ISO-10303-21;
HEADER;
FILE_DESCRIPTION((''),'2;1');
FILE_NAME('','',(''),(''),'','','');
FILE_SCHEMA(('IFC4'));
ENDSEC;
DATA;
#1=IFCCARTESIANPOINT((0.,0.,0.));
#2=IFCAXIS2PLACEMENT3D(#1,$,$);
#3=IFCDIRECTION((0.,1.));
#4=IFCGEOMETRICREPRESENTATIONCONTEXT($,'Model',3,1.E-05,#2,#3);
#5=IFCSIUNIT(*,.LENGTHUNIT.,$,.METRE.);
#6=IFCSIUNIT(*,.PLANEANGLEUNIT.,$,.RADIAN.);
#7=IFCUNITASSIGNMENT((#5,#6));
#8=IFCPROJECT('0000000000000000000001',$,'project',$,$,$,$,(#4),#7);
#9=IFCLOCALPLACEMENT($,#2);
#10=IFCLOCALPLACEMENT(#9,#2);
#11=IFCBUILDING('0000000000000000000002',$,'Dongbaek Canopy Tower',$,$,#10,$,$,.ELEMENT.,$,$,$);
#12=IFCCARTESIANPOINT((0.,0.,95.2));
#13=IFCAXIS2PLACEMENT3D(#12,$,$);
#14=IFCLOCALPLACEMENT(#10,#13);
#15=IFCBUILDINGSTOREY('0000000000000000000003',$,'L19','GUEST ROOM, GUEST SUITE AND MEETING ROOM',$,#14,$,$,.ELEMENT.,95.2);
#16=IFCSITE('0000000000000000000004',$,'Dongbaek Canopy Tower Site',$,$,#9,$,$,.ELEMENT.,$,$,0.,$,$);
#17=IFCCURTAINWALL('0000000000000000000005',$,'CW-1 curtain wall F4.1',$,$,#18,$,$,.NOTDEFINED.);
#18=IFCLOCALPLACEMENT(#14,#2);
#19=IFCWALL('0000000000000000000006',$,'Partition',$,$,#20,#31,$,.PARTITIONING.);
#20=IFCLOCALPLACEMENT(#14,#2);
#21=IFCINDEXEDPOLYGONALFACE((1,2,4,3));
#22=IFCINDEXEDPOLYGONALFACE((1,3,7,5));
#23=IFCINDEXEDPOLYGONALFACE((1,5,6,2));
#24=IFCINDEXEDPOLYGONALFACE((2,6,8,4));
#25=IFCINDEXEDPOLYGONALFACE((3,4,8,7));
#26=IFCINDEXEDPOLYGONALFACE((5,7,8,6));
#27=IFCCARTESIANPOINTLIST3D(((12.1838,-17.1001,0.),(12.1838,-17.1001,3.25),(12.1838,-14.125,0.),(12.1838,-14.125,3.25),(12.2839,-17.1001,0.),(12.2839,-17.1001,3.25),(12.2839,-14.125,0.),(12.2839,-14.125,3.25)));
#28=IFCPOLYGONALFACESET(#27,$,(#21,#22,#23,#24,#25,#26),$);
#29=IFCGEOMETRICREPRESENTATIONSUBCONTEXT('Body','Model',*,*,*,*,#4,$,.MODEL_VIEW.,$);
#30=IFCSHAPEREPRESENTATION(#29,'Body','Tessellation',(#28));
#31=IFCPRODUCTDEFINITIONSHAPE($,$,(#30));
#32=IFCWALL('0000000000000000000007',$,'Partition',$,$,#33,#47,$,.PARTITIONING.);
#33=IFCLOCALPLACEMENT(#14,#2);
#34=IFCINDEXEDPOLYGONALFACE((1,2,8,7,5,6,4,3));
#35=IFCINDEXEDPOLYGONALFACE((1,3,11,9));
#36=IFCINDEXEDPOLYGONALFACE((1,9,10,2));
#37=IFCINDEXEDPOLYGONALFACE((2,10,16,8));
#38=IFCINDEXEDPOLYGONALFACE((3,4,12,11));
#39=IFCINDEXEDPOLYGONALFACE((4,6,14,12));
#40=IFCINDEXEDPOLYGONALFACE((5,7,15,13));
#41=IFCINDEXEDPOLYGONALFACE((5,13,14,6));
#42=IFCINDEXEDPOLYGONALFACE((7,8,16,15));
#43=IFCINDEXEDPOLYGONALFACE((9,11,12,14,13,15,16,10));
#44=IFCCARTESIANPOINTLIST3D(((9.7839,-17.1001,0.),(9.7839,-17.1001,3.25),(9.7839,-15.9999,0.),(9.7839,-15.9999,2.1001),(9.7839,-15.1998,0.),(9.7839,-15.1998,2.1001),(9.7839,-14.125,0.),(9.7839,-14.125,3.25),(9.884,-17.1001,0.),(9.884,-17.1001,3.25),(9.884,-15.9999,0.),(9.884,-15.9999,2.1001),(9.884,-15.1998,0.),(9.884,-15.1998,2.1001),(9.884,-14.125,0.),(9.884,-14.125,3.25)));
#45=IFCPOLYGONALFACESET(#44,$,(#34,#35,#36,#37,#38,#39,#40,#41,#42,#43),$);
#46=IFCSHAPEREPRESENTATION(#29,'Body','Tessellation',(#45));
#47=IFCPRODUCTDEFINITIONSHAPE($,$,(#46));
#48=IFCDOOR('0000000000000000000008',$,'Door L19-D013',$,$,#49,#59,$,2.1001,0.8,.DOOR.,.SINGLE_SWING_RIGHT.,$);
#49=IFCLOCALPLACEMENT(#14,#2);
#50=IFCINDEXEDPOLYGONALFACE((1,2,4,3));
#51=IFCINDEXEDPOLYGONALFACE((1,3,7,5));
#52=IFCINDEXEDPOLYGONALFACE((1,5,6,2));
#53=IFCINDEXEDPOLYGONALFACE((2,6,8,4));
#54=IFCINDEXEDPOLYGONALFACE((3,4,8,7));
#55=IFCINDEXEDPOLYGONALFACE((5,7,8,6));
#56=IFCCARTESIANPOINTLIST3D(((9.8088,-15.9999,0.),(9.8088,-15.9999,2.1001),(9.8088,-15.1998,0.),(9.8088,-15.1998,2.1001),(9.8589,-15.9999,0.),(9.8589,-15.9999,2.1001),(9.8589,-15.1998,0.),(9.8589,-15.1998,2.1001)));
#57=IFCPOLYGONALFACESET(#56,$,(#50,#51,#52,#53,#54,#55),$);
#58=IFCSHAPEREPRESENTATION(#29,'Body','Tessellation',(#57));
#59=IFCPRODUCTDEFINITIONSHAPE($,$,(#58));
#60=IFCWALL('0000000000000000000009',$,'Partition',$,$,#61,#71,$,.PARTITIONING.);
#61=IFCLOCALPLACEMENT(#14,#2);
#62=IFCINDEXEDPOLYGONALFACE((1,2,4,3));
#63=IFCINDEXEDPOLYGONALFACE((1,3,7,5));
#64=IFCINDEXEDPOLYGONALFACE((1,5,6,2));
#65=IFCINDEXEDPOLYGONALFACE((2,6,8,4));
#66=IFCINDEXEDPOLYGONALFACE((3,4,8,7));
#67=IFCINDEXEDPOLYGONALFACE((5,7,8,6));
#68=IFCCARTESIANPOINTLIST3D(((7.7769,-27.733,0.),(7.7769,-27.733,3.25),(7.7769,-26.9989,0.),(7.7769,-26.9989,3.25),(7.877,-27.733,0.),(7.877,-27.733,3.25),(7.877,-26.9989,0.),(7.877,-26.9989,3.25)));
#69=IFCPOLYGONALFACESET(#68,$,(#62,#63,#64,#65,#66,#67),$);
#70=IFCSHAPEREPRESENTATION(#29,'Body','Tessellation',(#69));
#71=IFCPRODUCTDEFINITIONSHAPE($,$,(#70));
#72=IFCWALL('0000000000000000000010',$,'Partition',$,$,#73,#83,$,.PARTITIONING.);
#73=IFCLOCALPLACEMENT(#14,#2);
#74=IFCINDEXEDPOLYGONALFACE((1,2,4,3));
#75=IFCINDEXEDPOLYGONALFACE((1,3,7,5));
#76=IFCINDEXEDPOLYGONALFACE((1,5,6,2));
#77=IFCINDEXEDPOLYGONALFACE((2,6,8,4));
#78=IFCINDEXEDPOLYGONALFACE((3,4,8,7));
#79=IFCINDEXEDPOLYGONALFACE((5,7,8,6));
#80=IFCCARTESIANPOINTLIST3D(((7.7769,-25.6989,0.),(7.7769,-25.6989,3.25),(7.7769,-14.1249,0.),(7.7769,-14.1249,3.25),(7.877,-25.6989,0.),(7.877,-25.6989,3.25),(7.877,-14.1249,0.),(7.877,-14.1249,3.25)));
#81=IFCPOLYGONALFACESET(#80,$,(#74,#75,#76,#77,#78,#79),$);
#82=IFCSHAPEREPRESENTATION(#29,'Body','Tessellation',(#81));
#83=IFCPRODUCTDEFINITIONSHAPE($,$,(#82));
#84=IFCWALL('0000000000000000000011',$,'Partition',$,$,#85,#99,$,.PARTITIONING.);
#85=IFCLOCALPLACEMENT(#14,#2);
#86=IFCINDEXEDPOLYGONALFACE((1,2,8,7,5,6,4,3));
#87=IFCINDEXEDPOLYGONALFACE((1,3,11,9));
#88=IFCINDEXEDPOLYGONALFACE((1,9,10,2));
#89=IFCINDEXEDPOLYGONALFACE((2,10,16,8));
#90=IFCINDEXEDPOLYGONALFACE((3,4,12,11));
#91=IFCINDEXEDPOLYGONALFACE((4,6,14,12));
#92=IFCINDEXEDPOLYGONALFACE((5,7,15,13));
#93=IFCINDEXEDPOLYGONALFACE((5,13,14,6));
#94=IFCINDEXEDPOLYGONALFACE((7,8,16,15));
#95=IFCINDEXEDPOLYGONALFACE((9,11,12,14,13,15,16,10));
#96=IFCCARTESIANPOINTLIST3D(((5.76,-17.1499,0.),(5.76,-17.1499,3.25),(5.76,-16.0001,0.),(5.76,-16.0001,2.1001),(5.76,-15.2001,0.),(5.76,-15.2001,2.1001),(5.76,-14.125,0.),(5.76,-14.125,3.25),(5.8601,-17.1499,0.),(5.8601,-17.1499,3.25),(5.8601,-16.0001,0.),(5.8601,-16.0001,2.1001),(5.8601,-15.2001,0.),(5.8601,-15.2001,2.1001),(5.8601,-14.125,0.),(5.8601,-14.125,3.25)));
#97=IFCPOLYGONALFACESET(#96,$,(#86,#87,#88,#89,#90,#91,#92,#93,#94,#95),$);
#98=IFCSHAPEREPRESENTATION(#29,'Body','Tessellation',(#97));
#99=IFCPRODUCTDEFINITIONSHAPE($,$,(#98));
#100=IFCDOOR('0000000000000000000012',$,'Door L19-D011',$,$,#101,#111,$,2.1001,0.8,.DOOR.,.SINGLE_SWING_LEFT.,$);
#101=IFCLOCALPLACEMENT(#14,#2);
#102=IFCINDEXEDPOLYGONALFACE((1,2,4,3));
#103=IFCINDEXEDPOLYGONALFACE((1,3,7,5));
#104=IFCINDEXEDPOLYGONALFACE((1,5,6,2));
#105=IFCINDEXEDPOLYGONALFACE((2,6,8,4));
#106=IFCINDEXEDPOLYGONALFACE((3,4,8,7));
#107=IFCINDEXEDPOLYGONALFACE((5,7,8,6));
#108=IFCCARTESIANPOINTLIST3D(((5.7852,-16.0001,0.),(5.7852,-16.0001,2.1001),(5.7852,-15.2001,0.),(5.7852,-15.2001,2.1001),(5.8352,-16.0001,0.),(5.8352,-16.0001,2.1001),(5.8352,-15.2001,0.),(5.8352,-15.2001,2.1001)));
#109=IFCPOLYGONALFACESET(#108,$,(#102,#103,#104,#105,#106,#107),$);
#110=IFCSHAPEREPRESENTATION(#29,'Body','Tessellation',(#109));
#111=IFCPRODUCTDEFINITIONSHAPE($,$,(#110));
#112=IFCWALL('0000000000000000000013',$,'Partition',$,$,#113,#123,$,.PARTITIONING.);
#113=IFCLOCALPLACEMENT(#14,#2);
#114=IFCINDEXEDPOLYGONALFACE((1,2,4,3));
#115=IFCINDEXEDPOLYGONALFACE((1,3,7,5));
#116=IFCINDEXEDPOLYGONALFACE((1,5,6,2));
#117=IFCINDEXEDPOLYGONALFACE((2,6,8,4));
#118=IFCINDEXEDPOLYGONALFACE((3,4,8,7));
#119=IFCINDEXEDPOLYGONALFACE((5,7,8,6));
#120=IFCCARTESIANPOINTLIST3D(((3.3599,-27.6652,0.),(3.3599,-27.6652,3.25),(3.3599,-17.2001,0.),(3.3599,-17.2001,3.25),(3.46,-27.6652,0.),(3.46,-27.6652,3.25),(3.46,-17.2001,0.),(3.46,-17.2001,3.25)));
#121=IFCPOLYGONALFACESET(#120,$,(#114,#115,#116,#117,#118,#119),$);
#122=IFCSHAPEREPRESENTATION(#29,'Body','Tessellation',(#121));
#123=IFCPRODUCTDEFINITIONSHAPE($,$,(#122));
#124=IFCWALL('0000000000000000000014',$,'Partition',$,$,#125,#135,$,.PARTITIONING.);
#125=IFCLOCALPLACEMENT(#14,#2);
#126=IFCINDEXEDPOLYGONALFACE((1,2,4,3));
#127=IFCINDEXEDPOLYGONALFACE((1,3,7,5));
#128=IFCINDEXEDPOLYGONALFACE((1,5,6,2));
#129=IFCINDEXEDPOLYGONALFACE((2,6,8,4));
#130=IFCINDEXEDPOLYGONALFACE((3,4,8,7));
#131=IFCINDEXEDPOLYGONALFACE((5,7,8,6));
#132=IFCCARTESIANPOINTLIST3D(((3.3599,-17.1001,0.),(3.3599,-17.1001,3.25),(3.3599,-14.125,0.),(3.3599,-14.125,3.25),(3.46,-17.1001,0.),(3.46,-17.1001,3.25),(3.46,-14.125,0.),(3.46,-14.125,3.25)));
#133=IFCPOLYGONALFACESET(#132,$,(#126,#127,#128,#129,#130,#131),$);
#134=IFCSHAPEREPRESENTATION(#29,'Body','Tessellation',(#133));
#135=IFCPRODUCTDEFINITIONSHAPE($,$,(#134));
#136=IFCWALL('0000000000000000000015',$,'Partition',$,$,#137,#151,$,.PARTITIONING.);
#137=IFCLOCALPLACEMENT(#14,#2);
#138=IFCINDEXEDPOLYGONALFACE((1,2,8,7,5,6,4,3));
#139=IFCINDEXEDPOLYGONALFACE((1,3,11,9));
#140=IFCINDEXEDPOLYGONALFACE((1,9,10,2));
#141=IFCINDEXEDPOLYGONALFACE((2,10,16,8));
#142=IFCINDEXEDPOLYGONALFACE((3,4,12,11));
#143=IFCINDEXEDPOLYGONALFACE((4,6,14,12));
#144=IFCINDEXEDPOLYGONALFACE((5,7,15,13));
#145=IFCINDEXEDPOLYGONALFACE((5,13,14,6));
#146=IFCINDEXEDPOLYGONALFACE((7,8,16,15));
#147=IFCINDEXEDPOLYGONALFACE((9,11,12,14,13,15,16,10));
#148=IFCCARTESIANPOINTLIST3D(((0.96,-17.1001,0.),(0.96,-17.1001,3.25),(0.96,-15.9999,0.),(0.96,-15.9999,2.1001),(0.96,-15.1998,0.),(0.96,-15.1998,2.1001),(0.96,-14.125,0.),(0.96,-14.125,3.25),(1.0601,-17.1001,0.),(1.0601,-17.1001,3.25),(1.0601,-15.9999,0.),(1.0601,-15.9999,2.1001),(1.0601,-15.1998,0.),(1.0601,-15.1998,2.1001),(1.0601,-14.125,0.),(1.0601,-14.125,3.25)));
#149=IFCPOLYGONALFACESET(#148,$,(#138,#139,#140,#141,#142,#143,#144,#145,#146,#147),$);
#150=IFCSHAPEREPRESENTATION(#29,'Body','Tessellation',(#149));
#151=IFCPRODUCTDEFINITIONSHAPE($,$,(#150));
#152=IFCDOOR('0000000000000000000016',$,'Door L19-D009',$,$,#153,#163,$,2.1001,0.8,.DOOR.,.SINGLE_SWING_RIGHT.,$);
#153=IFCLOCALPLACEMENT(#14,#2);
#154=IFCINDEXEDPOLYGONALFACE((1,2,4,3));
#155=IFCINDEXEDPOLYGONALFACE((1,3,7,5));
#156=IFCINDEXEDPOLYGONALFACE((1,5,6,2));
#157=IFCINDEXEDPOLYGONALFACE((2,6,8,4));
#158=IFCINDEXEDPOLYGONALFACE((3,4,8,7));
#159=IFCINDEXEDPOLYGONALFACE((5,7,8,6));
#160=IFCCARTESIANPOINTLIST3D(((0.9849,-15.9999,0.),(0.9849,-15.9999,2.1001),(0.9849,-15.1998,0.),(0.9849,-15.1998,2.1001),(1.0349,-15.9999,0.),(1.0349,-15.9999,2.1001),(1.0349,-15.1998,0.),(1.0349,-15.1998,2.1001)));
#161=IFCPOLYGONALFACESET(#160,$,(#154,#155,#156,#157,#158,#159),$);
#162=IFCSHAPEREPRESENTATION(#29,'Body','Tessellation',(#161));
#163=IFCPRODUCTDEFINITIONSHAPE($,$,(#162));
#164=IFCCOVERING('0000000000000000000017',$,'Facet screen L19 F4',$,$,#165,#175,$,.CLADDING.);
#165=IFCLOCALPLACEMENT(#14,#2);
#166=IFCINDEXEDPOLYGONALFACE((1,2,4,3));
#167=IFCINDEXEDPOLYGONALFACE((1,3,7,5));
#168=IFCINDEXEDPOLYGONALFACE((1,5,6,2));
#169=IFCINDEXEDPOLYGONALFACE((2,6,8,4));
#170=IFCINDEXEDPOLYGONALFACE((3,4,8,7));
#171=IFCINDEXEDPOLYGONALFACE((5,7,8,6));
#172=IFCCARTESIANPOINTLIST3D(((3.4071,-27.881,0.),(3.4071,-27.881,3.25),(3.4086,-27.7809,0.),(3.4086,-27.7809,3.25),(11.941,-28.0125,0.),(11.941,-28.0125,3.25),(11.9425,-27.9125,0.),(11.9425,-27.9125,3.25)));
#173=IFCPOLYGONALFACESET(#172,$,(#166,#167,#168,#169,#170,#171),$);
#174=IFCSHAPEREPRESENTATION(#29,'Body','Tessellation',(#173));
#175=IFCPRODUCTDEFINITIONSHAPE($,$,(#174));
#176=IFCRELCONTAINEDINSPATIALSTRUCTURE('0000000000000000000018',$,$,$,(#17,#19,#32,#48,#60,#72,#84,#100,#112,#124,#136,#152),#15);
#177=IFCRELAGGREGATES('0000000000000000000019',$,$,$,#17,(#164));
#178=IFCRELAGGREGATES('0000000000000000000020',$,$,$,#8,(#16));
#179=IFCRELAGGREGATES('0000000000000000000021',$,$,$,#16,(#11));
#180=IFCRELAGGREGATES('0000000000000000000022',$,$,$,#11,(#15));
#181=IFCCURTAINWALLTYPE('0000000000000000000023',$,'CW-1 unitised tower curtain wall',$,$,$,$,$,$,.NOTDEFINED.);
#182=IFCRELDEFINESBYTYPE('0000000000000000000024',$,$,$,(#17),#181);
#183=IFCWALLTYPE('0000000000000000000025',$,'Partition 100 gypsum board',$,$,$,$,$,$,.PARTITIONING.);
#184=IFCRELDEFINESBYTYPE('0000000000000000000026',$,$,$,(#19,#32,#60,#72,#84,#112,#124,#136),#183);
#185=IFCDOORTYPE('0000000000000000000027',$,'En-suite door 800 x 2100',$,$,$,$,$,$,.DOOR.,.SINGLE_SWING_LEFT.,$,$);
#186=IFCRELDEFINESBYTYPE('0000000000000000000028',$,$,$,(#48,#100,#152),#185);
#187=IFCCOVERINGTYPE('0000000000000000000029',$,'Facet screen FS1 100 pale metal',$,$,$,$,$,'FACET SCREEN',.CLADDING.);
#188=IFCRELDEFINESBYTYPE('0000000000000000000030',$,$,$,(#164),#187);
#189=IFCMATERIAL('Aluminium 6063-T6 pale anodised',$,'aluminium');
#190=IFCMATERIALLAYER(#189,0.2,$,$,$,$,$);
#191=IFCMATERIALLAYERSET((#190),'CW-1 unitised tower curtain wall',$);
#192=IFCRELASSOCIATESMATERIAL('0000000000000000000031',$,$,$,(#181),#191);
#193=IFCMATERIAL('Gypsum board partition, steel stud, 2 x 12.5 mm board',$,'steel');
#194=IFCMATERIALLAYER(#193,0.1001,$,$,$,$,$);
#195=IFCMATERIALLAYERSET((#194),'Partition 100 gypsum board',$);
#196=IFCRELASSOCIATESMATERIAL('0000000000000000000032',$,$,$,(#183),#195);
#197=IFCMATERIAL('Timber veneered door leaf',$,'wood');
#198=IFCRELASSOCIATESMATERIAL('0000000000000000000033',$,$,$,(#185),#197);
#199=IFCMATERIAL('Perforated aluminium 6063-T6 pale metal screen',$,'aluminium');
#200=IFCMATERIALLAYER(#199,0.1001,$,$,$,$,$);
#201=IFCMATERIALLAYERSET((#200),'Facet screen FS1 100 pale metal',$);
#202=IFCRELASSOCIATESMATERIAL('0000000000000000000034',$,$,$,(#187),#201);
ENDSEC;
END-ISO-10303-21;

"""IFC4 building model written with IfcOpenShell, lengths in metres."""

from ifc_helpers import new_model, si_unit, direction, frame, frame_2d, origin, origin_2d, place, context, subcontext, project, spatial, rectangle, extrude, material, layer, layer_set, type_object, element, fill, aggregate, save


model = new_model("IFC4")

# Units and contexts
model_context = context("Model", 3, precision=1e-05, world=origin(), true_north=direction((0.0, 1.0)))
body_context = subcontext(model_context, "Body", "Model", "MODEL_VIEW")
ifc_project = project(units=[si_unit("LENGTHUNIT", "METRE"), si_unit("PLANEANGLEUNIT", "RADIAN")], contexts=[model_context])

# Site, building, storey
site_placement = place(None, origin())
site = spatial("IfcSite", under=ifc_project, at=site_placement, Name="Dongbaek Canopy Tower Site", CompositionType="ELEMENT", RefElevation=0.0)
building_placement = place(site_placement, origin())
building = spatial("IfcBuilding", under=site, at=building_placement, Name="Dongbaek Canopy Tower", CompositionType="ELEMENT")
storey_placement = place(building_placement, frame((0.0, 0.0, 95.2)))
storey = spatial("IfcBuildingStorey", under=building, at=storey_placement, Name="L19", Description="GUEST ROOM, GUEST SUITE AND MEETING ROOM", CompositionType="ELEMENT", Elevation=95.2)

# Curtain wall
ifc_material_1 = material(Name="Aluminium 6063-T6 pale anodised", Category="aluminium")
ifc_layer_1 = layer(ifc_material_1, 0.2)
ifc_layer_set_1 = layer_set([ifc_layer_1], Name="CW-1 unitised tower curtain wall")
curtain_wall_type = type_object("IfcCurtainWallType", Name="CW-1 unitised tower curtain wall", PredefinedType="NOTDEFINED", material=ifc_layer_set_1)
curtain_wall_placement = place(storey_placement, origin())
curtain_wall = element("IfcCurtainWall", 1, at=curtain_wall_placement, inside=storey, type_object=curtain_wall_type, Name="CW-1 curtain wall F4.1", PredefinedType="NOTDEFINED")

# Wall
ifc_material_2 = material(Name="Gypsum board partition, steel stud, 2 x 12.5 mm board", Category="steel")
ifc_layer_2 = layer(ifc_material_2, 0.1001)
ifc_layer_set_2 = layer_set([ifc_layer_2], Name="Partition 100 gypsum board")
wall_type_1 = type_object("IfcWallType", Name="Partition 100 gypsum board", PredefinedType="PARTITIONING", material=ifc_layer_set_2)
wall_1_placement = place(storey_placement, frame((12.2339, -17.1001, 0.0), z_axis=(0.0, 0.0, 1.0), x_axis=(0.0, 1.0, 0.0)))
element("IfcWall", 2, at=wall_1_placement, inside=storey, type_object=wall_type_1, Name="Partition", PredefinedType="PARTITIONING", context=body_context, shape_type="SweptSolid", body=[
    extrude(rectangle(XDim=2.9751, YDim=0.1001, at=frame_2d((1.4875, 0.0))), origin(), (0.0, 0.0, 1.0), 3.25),
])

# Wall, opening, door
wall_2_placement = place(storey_placement, frame((9.834, -14.125, 0.0), z_axis=(0.0, 0.0, 1.0), x_axis=(0.0, -1.0, 0.0)))
wall_2 = element("IfcWall", 3, at=wall_2_placement, inside=storey, type_object=wall_type_1, Name="Partition", PredefinedType="PARTITIONING", context=body_context, shape_type="SweptSolid", body=[
    extrude(rectangle(XDim=2.9751, YDim=0.1001, at=frame_2d((1.4875, 0.0))), origin(), (0.0, 0.0, 1.0), 3.25),
])
opening_1_placement = place(wall_2_placement, frame((1.075, 0.0, 0.0)))
opening_1 = element("IfcOpeningElement", 4, at=opening_1_placement, cuts=wall_2, PredefinedType="OPENING", context=body_context, shape_type="SweptSolid", body=[
    extrude(rectangle(XDim=0.8, YDim=2.1001, at=frame_2d((0.3999, 1.05))), frame((0.0, 0.0601, 0.0), z_axis=(0.0, -1.0, 0.0), x_axis=(1.0, 0.0, 0.0)), (0.0, 0.0, 1.0), 0.1201),
])
ifc_material_3 = material(Name="Timber veneered door leaf", Category="wood")
door_type = type_object("IfcDoorType", Name="En-suite door 800 x 2100", OperationType="SINGLE_SWING_LEFT", PredefinedType="DOOR", material=ifc_material_3)
door_1_placement = place(opening_1_placement, origin())
door_1 = element("IfcDoor", 5, at=door_1_placement, inside=storey, type_object=door_type, Name="Door L19-D013", OperationType="SINGLE_SWING_RIGHT", OverallHeight=2.1001, OverallWidth=0.8, PredefinedType="DOOR", context=body_context, shape_type="SweptSolid", body=[
    extrude(rectangle(XDim=0.8, YDim=2.1001, at=frame_2d((0.3999, 1.05))), frame((0.0, 0.0249, 0.0), z_axis=(0.0, -1.0, 0.0), x_axis=(1.0, 0.0, 0.0)), (0.0, 0.0, 1.0), 0.05),
])
fill(opening_1, door_1)

# Walls
wall_3_placement = place(storey_placement, frame((7.8269, -27.7332, 0.0), z_axis=(0.0, 0.0, 1.0), x_axis=(0.0, 1.0, 0.0)))
element("IfcWall", 6, at=wall_3_placement, inside=storey, type_object=wall_type_1, Name="Partition", PredefinedType="PARTITIONING", context=body_context, shape_type="SweptSolid", body=[
    extrude(rectangle(XDim=0.7341, YDim=0.1001, at=frame_2d((0.3672, 0.0))), origin(), (0.0, 0.0, 1.0), 3.25),
])
wall_4_placement = place(storey_placement, frame((7.8269, -25.699, 0.0), z_axis=(0.0, 0.0, 1.0), x_axis=(0.0, 1.0, 0.0)))
element("IfcWall", 7, at=wall_4_placement, inside=storey, type_object=wall_type_1, Name="Partition", PredefinedType="PARTITIONING", context=body_context, shape_type="SweptSolid", body=[
    extrude(rectangle(XDim=11.574, YDim=0.1001, at=frame_2d((5.7871, 0.0))), origin(), (0.0, 0.0, 1.0), 3.25),
])

# Wall, opening, door
wall_5_placement = place(storey_placement, frame((5.8101, -17.1499, 0.0), z_axis=(0.0, 0.0, 1.0), x_axis=(0.0, 1.0, 0.0)))
wall_5 = element("IfcWall", 8, at=wall_5_placement, inside=storey, type_object=wall_type_1, Name="Partition", PredefinedType="PARTITIONING", context=body_context, shape_type="SweptSolid", body=[
    extrude(rectangle(XDim=3.0249, YDim=0.1001, at=frame_2d((1.5125, 0.0))), origin(), (0.0, 0.0, 1.0), 3.25),
])
opening_2_placement = place(wall_5_placement, frame((1.1499, 0.0, 0.0)))
opening_2 = element("IfcOpeningElement", 9, at=opening_2_placement, cuts=wall_5, PredefinedType="OPENING", context=body_context, shape_type="SweptSolid", body=[
    extrude(rectangle(XDim=0.8, YDim=2.1001, at=frame_2d((0.3999, 1.05))), frame((0.0, 0.0601, 0.0), z_axis=(0.0, -1.0, 0.0), x_axis=(1.0, 0.0, 0.0)), (0.0, 0.0, 1.0), 0.1201),
])
door_2_placement = place(opening_2_placement, origin())
door_2 = element("IfcDoor", 10, at=door_2_placement, inside=storey, type_object=door_type, Name="Door L19-D011", OperationType="SINGLE_SWING_LEFT", OverallHeight=2.1001, OverallWidth=0.8, PredefinedType="DOOR", context=body_context, shape_type="SweptSolid", body=[
    extrude(rectangle(XDim=0.8, YDim=2.1001, at=frame_2d((0.3999, 1.05))), frame((0.0, 0.0249, 0.0), z_axis=(0.0, -1.0, 0.0), x_axis=(1.0, 0.0, 0.0)), (0.0, 0.0, 1.0), 0.05),
])
fill(opening_2, door_2)

# Walls
wall_6_placement = place(storey_placement, frame((3.4099, -27.665, 0.0), z_axis=(0.0, 0.0, 1.0), x_axis=(0.0, 1.0, 0.0)))
element("IfcWall", 11, at=wall_6_placement, inside=storey, type_object=wall_type_1, Name="Partition", PredefinedType="PARTITIONING", context=body_context, shape_type="SweptSolid", body=[
    extrude(rectangle(XDim=10.4651, YDim=0.1001, at=frame_2d((5.2324, 0.0))), origin(), (0.0, 0.0, 1.0), 3.25),
])
wall_7_placement = place(storey_placement, frame((3.4099, -17.1001, 0.0), z_axis=(0.0, 0.0, 1.0), x_axis=(0.0, 1.0, 0.0)))
element("IfcWall", 12, at=wall_7_placement, inside=storey, type_object=wall_type_1, Name="Partition", PredefinedType="PARTITIONING", context=body_context, shape_type="SweptSolid", body=[
    extrude(rectangle(XDim=2.9751, YDim=0.1001, at=frame_2d((1.4875, 0.0))), origin(), (0.0, 0.0, 1.0), 3.25),
])

# Wall, opening, door
wall_8_placement = place(storey_placement, frame((1.01, -14.125, 0.0), z_axis=(0.0, 0.0, 1.0), x_axis=(0.0, -1.0, 0.0)))
wall_8 = element("IfcWall", 13, at=wall_8_placement, inside=storey, type_object=wall_type_1, Name="Partition", PredefinedType="PARTITIONING", context=body_context, shape_type="SweptSolid", body=[
    extrude(rectangle(XDim=2.9751, YDim=0.1001, at=frame_2d((1.4875, 0.0))), origin(), (0.0, 0.0, 1.0), 3.25),
])
opening_3_placement = place(wall_8_placement, frame((1.075, 0.0, 0.0)))
opening_3 = element("IfcOpeningElement", 14, at=opening_3_placement, cuts=wall_8, PredefinedType="OPENING", context=body_context, shape_type="SweptSolid", body=[
    extrude(rectangle(XDim=0.8, YDim=2.1001, at=frame_2d((0.3999, 1.05))), frame((0.0, 0.0601, 0.0), z_axis=(0.0, -1.0, 0.0), x_axis=(1.0, 0.0, 0.0)), (0.0, 0.0, 1.0), 0.1201),
])
door_3_placement = place(opening_3_placement, origin())
door_3 = element("IfcDoor", 15, at=door_3_placement, inside=storey, type_object=door_type, Name="Door L19-D009", OperationType="SINGLE_SWING_RIGHT", OverallHeight=2.1001, OverallWidth=0.8, PredefinedType="DOOR", context=body_context, shape_type="SweptSolid", body=[
    extrude(rectangle(XDim=0.8, YDim=2.1001, at=frame_2d((0.3999, 1.05))), frame((0.0, 0.0249, 0.0), z_axis=(0.0, -1.0, 0.0), x_axis=(1.0, 0.0, 0.0)), (0.0, 0.0, 1.0), 0.05),
])
fill(opening_3, door_3)

# Covering
ifc_material_4 = material(Name="Perforated aluminium 6063-T6 pale metal screen", Category="aluminium")
ifc_layer_3 = layer(ifc_material_4, 0.1001)
ifc_layer_set_3 = layer_set([ifc_layer_3], Name="Facet screen FS1 100 pale metal")
covering_type_1 = type_object("IfcCoveringType", Name="Facet screen FS1 100 pale metal", ElementType="FACET SCREEN", PredefinedType="CLADDING", material=ifc_layer_set_3)
covering_1_placement = place(storey_placement, frame((7.6748, -27.8967, 0.0), z_axis=(0.0, 0.0, 1.0), x_axis=(0.999881, -0.015412, 0.0)))
covering_1 = element("IfcCovering", 16, at=covering_1_placement, type_object=covering_type_1, Name="Facet screen L19 F4", PredefinedType="CLADDING", context=body_context, shape_type="SweptSolid", body=[
    extrude(rectangle(XDim=8.5349, YDim=0.1001, at=origin_2d()), origin(), (0.0, 0.0, 1.0), 3.25),
])
aggregate(curtain_wall, [covering_1])

save(model, "model.ifc")
